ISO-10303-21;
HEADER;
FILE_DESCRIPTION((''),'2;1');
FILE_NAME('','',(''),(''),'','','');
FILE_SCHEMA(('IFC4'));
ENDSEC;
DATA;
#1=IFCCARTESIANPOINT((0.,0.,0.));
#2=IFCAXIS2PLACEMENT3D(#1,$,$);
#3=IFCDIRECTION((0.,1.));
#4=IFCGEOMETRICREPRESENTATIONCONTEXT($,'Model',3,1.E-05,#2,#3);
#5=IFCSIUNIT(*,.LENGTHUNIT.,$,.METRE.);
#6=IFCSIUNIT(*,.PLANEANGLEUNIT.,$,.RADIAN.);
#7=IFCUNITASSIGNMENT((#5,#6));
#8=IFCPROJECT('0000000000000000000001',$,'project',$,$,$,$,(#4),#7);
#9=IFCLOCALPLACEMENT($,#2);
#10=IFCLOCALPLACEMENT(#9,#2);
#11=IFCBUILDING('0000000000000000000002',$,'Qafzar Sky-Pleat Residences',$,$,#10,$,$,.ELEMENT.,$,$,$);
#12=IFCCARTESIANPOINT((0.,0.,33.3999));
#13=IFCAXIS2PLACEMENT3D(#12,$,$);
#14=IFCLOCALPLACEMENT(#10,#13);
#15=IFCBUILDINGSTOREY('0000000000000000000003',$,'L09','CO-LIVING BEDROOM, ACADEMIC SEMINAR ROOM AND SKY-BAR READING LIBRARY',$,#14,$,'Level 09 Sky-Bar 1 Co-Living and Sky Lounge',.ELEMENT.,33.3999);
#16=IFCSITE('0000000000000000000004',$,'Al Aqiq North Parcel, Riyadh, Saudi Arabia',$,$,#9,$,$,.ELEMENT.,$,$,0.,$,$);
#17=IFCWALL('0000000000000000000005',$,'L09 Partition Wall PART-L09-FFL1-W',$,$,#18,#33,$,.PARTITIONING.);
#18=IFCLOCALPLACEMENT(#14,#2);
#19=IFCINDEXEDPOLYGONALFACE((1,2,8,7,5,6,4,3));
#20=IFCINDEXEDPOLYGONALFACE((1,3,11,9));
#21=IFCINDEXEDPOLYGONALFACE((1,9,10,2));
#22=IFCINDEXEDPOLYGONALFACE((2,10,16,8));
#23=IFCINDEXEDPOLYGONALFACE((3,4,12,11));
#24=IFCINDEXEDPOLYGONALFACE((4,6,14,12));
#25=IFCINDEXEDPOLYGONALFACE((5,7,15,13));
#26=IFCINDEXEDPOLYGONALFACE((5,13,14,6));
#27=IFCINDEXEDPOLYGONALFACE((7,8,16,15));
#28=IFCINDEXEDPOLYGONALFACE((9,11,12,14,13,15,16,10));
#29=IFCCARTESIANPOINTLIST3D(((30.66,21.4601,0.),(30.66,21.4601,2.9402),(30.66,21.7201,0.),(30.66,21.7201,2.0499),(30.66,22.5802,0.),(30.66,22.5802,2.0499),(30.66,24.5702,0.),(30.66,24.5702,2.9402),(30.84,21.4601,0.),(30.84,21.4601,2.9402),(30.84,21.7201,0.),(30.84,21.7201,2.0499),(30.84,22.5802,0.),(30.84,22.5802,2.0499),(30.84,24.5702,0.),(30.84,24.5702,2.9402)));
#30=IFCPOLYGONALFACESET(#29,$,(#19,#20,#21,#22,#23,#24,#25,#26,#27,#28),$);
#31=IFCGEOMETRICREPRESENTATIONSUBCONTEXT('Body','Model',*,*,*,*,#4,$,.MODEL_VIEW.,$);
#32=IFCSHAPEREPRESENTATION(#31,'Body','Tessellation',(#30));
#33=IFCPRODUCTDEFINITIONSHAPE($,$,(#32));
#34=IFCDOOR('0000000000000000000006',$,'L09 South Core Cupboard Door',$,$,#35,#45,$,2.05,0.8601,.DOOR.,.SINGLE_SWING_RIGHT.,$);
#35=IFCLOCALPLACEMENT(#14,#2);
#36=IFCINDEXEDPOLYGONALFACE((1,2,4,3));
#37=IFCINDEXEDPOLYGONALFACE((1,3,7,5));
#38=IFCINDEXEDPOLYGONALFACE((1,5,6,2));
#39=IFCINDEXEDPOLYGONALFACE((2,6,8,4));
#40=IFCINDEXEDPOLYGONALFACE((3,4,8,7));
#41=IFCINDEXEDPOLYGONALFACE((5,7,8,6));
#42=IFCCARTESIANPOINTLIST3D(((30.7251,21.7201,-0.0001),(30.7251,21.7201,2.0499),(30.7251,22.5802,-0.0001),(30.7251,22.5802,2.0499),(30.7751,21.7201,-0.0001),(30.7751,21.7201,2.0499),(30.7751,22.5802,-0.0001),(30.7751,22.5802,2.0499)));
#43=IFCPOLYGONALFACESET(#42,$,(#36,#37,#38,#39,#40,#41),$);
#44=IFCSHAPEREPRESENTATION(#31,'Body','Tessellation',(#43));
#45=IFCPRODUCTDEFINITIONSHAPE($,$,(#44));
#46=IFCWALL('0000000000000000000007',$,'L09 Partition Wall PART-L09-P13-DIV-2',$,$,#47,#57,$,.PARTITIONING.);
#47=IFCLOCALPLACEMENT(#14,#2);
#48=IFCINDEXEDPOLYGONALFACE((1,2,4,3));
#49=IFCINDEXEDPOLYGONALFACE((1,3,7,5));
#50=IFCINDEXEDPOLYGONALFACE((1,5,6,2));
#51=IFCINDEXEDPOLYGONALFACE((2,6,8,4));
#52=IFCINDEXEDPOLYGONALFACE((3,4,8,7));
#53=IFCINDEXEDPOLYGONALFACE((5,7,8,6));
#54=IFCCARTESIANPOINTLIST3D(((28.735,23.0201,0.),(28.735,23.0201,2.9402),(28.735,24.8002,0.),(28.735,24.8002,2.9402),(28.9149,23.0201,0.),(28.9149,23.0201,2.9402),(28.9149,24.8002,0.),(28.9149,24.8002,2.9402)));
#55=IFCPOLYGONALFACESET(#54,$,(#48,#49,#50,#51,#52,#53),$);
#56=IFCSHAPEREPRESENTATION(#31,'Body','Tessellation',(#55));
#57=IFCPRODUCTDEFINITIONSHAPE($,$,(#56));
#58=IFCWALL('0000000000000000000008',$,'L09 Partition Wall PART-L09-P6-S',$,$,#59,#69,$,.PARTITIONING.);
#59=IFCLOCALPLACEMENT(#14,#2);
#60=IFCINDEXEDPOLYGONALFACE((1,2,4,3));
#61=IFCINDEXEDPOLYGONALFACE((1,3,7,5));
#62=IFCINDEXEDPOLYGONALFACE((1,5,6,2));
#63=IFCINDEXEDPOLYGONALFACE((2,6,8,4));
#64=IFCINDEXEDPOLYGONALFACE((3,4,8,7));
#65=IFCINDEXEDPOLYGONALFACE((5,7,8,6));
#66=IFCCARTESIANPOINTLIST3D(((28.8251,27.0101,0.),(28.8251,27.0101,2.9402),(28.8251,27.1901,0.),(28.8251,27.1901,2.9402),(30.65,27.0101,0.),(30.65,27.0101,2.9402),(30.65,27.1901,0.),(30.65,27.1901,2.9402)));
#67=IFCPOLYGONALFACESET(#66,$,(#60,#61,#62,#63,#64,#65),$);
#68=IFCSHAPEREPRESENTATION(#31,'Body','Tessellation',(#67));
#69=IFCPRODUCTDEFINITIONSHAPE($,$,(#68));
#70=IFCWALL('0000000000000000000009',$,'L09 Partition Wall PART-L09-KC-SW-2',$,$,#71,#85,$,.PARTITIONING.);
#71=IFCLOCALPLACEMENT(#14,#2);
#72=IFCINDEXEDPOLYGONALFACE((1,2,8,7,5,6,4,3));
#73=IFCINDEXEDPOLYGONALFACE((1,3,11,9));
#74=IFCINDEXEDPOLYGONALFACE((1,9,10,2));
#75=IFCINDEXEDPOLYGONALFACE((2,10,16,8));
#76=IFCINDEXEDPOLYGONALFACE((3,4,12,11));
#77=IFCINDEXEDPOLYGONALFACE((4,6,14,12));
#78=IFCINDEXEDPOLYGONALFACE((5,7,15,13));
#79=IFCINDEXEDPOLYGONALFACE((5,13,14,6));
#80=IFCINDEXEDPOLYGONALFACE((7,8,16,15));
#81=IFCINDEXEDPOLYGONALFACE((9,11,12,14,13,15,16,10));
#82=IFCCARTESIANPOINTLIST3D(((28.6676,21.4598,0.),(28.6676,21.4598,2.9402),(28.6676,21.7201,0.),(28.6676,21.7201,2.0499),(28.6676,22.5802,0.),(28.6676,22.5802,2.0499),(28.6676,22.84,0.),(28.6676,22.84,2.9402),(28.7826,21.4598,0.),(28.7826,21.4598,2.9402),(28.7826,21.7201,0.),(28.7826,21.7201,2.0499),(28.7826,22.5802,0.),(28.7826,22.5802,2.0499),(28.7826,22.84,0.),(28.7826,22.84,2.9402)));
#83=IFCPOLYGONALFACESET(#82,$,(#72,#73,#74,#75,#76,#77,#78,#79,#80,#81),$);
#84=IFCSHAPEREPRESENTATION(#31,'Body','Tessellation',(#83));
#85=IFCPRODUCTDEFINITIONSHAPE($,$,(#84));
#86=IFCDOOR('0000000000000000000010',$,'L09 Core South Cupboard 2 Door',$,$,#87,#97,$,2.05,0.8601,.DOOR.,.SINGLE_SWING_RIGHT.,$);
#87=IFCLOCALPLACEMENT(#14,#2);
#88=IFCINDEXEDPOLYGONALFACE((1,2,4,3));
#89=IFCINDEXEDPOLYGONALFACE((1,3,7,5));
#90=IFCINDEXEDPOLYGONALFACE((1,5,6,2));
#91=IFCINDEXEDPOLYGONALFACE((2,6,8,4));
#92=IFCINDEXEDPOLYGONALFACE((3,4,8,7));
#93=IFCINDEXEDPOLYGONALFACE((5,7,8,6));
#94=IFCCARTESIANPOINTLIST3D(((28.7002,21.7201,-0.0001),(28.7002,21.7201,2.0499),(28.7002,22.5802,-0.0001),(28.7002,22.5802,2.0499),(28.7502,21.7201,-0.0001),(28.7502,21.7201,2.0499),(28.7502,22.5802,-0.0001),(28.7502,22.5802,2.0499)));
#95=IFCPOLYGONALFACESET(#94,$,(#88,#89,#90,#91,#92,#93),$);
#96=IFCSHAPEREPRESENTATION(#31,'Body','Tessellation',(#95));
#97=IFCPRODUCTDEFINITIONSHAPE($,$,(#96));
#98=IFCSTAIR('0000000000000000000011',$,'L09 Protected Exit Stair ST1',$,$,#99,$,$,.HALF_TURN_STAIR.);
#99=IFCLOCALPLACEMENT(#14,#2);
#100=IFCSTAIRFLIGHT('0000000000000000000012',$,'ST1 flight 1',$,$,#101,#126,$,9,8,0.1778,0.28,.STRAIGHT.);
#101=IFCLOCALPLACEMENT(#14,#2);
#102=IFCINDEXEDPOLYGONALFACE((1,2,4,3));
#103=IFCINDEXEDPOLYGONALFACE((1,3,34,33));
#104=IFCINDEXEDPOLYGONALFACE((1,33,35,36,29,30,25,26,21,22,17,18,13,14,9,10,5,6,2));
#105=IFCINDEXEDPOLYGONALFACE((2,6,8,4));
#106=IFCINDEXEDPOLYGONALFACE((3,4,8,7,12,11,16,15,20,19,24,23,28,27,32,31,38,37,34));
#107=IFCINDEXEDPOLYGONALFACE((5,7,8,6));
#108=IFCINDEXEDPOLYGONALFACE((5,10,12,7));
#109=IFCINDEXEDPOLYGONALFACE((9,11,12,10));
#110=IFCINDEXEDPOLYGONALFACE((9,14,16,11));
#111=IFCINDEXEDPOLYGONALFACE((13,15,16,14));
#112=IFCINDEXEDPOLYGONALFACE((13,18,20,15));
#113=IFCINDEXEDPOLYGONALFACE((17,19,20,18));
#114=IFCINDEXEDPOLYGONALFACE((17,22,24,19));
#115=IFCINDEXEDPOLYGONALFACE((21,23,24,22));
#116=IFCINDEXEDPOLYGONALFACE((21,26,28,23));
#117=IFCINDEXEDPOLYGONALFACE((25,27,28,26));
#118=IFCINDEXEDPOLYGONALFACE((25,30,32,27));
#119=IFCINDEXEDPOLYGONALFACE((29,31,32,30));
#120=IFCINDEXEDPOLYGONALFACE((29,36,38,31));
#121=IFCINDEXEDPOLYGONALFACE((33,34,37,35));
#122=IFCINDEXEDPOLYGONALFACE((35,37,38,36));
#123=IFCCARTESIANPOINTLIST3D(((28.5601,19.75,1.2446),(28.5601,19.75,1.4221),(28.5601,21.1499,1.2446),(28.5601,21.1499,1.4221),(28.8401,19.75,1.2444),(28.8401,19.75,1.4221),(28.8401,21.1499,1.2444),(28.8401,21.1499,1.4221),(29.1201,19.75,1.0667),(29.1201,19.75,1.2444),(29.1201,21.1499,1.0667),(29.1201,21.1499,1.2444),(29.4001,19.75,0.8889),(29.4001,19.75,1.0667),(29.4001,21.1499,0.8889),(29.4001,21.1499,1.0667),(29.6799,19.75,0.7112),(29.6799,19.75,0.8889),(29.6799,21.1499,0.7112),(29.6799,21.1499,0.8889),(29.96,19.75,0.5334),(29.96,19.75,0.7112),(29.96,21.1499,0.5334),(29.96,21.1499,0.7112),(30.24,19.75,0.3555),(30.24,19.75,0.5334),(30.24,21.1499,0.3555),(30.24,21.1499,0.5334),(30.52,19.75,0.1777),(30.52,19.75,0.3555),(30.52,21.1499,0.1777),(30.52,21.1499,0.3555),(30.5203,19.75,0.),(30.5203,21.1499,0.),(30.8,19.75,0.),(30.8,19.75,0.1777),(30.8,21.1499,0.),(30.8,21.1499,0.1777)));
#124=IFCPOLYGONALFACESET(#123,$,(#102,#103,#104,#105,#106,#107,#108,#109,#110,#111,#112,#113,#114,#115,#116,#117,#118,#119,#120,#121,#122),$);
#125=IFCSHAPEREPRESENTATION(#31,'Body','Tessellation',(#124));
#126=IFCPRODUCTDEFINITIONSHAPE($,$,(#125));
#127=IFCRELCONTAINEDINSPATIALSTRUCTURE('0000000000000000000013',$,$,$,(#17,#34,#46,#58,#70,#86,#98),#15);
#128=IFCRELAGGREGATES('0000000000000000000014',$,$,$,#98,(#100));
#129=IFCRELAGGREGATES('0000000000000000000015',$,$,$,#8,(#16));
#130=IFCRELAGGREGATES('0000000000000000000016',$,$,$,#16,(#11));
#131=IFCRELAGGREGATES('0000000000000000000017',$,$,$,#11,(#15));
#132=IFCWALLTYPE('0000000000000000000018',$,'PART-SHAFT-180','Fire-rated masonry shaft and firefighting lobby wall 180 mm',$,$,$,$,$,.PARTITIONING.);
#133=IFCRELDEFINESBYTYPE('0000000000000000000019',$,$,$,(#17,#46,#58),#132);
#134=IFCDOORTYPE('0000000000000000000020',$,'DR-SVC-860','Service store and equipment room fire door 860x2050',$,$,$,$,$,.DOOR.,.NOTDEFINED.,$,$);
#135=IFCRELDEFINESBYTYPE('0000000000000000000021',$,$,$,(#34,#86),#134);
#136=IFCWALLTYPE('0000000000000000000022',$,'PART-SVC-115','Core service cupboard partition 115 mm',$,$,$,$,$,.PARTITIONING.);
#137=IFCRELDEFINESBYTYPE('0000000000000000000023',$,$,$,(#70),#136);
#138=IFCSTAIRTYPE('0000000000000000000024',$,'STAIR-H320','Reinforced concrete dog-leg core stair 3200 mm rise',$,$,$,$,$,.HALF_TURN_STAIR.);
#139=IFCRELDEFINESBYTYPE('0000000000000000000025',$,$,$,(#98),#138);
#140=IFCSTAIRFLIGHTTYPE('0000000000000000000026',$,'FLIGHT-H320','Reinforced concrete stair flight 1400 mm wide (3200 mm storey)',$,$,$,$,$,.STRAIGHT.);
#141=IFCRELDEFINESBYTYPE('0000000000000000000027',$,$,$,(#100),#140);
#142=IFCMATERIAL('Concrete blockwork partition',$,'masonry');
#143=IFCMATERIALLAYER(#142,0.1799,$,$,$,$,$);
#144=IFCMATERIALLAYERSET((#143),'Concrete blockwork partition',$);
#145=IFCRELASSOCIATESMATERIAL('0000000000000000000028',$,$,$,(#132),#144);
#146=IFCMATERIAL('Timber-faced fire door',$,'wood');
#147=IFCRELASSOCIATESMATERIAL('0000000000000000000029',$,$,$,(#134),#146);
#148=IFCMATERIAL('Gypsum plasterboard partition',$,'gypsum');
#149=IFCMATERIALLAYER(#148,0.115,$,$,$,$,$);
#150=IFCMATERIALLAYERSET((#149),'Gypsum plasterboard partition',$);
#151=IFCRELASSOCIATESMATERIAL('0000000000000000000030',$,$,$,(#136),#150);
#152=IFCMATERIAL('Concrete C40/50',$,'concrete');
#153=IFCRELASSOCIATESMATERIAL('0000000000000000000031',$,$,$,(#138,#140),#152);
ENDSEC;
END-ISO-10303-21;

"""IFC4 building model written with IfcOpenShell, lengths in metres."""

from ifc_helpers import new_model, si_unit, direction, frame, frame_2d, origin, place, context, subcontext, project, spatial, polyline, rectangle, outline, extrude, source, transform, mapped, material, layer, layer_set, type_object, element, fill, aggregate, save


model = new_model("IFC4")

# Units and contexts
model_context = context("Model", 3, precision=1e-05, world=origin(), true_north=direction((0.0, 1.0)))
body_context = subcontext(model_context, "Body", "Model", "MODEL_VIEW")
ifc_project = project(units=[si_unit("LENGTHUNIT", "METRE"), si_unit("PLANEANGLEUNIT", "RADIAN")], contexts=[model_context])

# Site, building, storey
site_placement = place(None, origin())
site = spatial("IfcSite", under=ifc_project, at=site_placement, Name="Al Aqiq North Parcel, Riyadh, Saudi Arabia", CompositionType="ELEMENT", RefElevation=0.0)
building_placement = place(site_placement, origin())
building = spatial("IfcBuilding", under=site, at=building_placement, Name="Qafzar Sky-Pleat Residences", CompositionType="ELEMENT")
storey_placement = place(building_placement, frame((0.0, 0.0, 33.3999)))
storey = spatial("IfcBuildingStorey", under=building, at=storey_placement, Name="L09", Description="CO-LIVING BEDROOM, ACADEMIC SEMINAR ROOM AND SKY-BAR READING LIBRARY", LongName="Level 09 Sky-Bar 1 Co-Living and Sky Lounge", CompositionType="ELEMENT", Elevation=33.3999)

# Wall, opening, door
ifc_material_1 = material(Name="Concrete blockwork partition", Category="masonry")
ifc_layer_1 = layer(ifc_material_1, 0.1799)
ifc_layer_set_1 = layer_set([ifc_layer_1], Name="Concrete blockwork partition")
wall_type_1 = type_object("IfcWallType", Name="PART-SHAFT-180", Description="Fire-rated masonry shaft and firefighting lobby wall 180 mm", PredefinedType="PARTITIONING", material=ifc_layer_set_1)
wall_1_placement = place(storey_placement, frame((30.75, 21.46, 0.0), z_axis=(0.0, 0.0, 1.0), x_axis=(0.0, 1.0, 0.0)))
wall_1 = element("IfcWall", 1, at=wall_1_placement, inside=storey, type_object=wall_type_1, Name="L09 Partition Wall PART-L09-FFL1-W", PredefinedType="PARTITIONING", context=body_context, shape_type="SweptSolid", body=[
    extrude(rectangle(XDim=3.1101, YDim=0.1799, at=frame_2d((1.5552, 0.0))), origin(), (0.0, 0.0, 1.0), 2.9402),
])
opening_1_placement = place(wall_1_placement, frame((0.26, 0.0, 0.0)))
opening_1 = element("IfcOpeningElement", 2, at=opening_1_placement, cuts=wall_1, PredefinedType="OPENING", context=body_context, shape_type="SweptSolid", body=[
    extrude(rectangle(XDim=0.8601, YDim=2.05, at=frame_2d((0.4302, 1.0249))), frame((0.0, 0.1001, 0.0), z_axis=(0.0, -1.0, 0.0), x_axis=(1.0, 0.0, 0.0)), (0.0, 0.0, 1.0), 0.2),
])
ifc_material_2 = material(Name="Timber-faced fire door", Category="wood")
door_type_1 = type_object("IfcDoorType", Name="DR-SVC-860", Description="Service store and equipment room fire door 860x2050", OperationType="NOTDEFINED", PredefinedType="DOOR", material=ifc_material_2)
shared_shape_1 = source(origin(), body_context, "Body", "SweptSolid", [
    extrude(rectangle(XDim=0.8601, YDim=2.05, at=frame_2d((0.4302, 1.0249))), frame((0.0, 0.0249, 0.0), z_axis=(0.0, -1.0, 0.0), x_axis=(1.0, 0.0, 0.0)), (0.0, 0.0, 1.0), 0.05),
])
door_1_placement = place(opening_1_placement, origin())
door_1 = element("IfcDoor", 3, at=door_1_placement, inside=storey, type_object=door_type_1, Name="L09 South Core Cupboard Door", OperationType="SINGLE_SWING_RIGHT", OverallHeight=2.05, OverallWidth=0.8601, PredefinedType="DOOR", context=body_context, shape_type="MappedRepresentation", body=[
    mapped(shared_shape_1, transform((0.0, 0.0, 0.0), x_axis=(1.0, 0.0, 0.0), y_axis=(0.0, 1.0, 0.0), z_axis=(0.0, 0.0, 1.0), scale=1.0)),
])
fill(opening_1, door_1)

# Walls
wall_2_placement = place(storey_placement, frame((28.825, 23.02, 0.0), z_axis=(0.0, 0.0, 1.0), x_axis=(0.0, 1.0, 0.0)))
element("IfcWall", 4, at=wall_2_placement, inside=storey, type_object=wall_type_1, Name="L09 Partition Wall PART-L09-P13-DIV-2", PredefinedType="PARTITIONING", context=body_context, shape_type="SweptSolid", body=[
    extrude(rectangle(XDim=1.78, YDim=0.1799, at=frame_2d((0.8901, 0.0))), origin(), (0.0, 0.0, 1.0), 2.9402),
])
wall_3_placement = place(storey_placement, frame((28.825, 27.1001, 0.0), z_axis=(0.0, 0.0, 1.0), x_axis=(1.0, 0.0, 0.0)))
element("IfcWall", 5, at=wall_3_placement, inside=storey, type_object=wall_type_1, Name="L09 Partition Wall PART-L09-P6-S", PredefinedType="PARTITIONING", context=body_context, shape_type="SweptSolid", body=[
    extrude(rectangle(XDim=1.825, YDim=0.1799, at=frame_2d((0.9126, 0.0))), origin(), (0.0, 0.0, 1.0), 2.9402),
])

# Wall, opening, door
ifc_material_3 = material(Name="Gypsum plasterboard partition", Category="gypsum")
ifc_layer_2 = layer(ifc_material_3, 0.115)
ifc_layer_set_2 = layer_set([ifc_layer_2], Name="Gypsum plasterboard partition")
wall_type_2 = type_object("IfcWallType", Name="PART-SVC-115", Description="Core service cupboard partition 115 mm", PredefinedType="PARTITIONING", material=ifc_layer_set_2)
wall_4_placement = place(storey_placement, frame((28.7251, 21.46, 0.0), z_axis=(0.0, 0.0, 1.0), x_axis=(0.0, 1.0, 0.0)))
wall_4 = element("IfcWall", 6, at=wall_4_placement, inside=storey, type_object=wall_type_2, Name="L09 Partition Wall PART-L09-KC-SW-2", PredefinedType="PARTITIONING", context=body_context, shape_type="SweptSolid", body=[
    extrude(rectangle(XDim=1.3801, YDim=0.115, at=frame_2d((0.6899, 0.0))), origin(), (0.0, 0.0, 1.0), 2.9402),
])
opening_2_placement = place(wall_4_placement, frame((0.26, 0.0, 0.0)))
opening_2 = element("IfcOpeningElement", 7, at=opening_2_placement, cuts=wall_4, PredefinedType="OPENING", context=body_context, shape_type="SweptSolid", body=[
    extrude(rectangle(XDim=0.8601, YDim=2.05, at=frame_2d((0.4302, 1.0249))), frame((0.0, 0.0674, 0.0), z_axis=(0.0, -1.0, 0.0), x_axis=(1.0, 0.0, 0.0)), (0.0, 0.0, 1.0), 0.135),
])
door_2_placement = place(opening_2_placement, origin())
door_2 = element("IfcDoor", 8, at=door_2_placement, inside=storey, type_object=door_type_1, Name="L09 Core South Cupboard 2 Door", OperationType="SINGLE_SWING_RIGHT", OverallHeight=2.05, OverallWidth=0.8601, PredefinedType="DOOR", context=body_context, shape_type="MappedRepresentation", body=[
    mapped(shared_shape_1, transform((0.0, 0.0, 0.0), x_axis=(1.0, 0.0, 0.0), y_axis=(0.0, 1.0, 0.0), z_axis=(0.0, 0.0, 1.0), scale=1.0)),
])
fill(opening_2, door_2)

# Stair, stair flight
ifc_material_4 = material(Name="Concrete C40/50", Category="concrete")
stair_type = type_object("IfcStairType", Name="STAIR-H320", Description="Reinforced concrete dog-leg core stair 3200 mm rise", PredefinedType="HALF_TURN_STAIR", material=ifc_material_4)
stair_placement = place(storey_placement, origin())
stair = element("IfcStair", 9, at=stair_placement, inside=storey, type_object=stair_type, Name="L09 Protected Exit Stair ST1", PredefinedType="HALF_TURN_STAIR")
stair_flight_type = type_object("IfcStairFlightType", Name="FLIGHT-H320", Description="Reinforced concrete stair flight 1400 mm wide (3200 mm storey)", PredefinedType="STRAIGHT", material=ifc_material_4)
shared_shape_2 = source(origin(), body_context, "Body", "SweptSolid", [
    extrude(outline(polyline([(0.0, 0.0), (0.0, 0.1777), (0.28, 0.1777), (0.28, 0.3555), (0.5601, 0.3555), (0.5601, 0.5334), (0.8401, 0.5334), (0.8401, 0.7112), (1.1201, 0.7112), (1.1201, 0.8889), (1.3999, 0.8889), (1.3999, 1.0667), (1.6799, 1.0667), (1.6799, 1.2444), (1.96, 1.2444), (1.96, 1.4221), (2.24, 1.4221), (2.24, 1.6001), (2.24, 1.2446), (0.2798, 0.0), (0.0, 0.0)])), frame((0.0, 0.7, 0.0), z_axis=(0.0, -1.0, 0.0), x_axis=(1.0, 0.0, 0.0)), (0.0, 0.0, 1.0), 1.3999),
])
stair_flight_placement = place(storey_placement, frame((30.8, 20.45, 0.0), z_axis=(0.0, 0.0, 1.0), x_axis=(-1.0, 0.0, 0.0)))
stair_flight = element("IfcStairFlight", 10, at=stair_flight_placement, type_object=stair_flight_type, Name="ST1 flight 1", NumberOfRisers=9, NumberOfTreads=8, PredefinedType="STRAIGHT", RiserHeight=0.1778, TreadLength=0.28, context=body_context, shape_type="MappedRepresentation", body=[
    mapped(shared_shape_2, transform((0.0, 0.0, 0.0), x_axis=(1.0, 0.0, 0.0), y_axis=(0.0, 1.0, 0.0), z_axis=(0.0, 0.0, 1.0), scale=1.0)),
])
aggregate(stair, [stair_flight])

save(model, "model.ifc")
